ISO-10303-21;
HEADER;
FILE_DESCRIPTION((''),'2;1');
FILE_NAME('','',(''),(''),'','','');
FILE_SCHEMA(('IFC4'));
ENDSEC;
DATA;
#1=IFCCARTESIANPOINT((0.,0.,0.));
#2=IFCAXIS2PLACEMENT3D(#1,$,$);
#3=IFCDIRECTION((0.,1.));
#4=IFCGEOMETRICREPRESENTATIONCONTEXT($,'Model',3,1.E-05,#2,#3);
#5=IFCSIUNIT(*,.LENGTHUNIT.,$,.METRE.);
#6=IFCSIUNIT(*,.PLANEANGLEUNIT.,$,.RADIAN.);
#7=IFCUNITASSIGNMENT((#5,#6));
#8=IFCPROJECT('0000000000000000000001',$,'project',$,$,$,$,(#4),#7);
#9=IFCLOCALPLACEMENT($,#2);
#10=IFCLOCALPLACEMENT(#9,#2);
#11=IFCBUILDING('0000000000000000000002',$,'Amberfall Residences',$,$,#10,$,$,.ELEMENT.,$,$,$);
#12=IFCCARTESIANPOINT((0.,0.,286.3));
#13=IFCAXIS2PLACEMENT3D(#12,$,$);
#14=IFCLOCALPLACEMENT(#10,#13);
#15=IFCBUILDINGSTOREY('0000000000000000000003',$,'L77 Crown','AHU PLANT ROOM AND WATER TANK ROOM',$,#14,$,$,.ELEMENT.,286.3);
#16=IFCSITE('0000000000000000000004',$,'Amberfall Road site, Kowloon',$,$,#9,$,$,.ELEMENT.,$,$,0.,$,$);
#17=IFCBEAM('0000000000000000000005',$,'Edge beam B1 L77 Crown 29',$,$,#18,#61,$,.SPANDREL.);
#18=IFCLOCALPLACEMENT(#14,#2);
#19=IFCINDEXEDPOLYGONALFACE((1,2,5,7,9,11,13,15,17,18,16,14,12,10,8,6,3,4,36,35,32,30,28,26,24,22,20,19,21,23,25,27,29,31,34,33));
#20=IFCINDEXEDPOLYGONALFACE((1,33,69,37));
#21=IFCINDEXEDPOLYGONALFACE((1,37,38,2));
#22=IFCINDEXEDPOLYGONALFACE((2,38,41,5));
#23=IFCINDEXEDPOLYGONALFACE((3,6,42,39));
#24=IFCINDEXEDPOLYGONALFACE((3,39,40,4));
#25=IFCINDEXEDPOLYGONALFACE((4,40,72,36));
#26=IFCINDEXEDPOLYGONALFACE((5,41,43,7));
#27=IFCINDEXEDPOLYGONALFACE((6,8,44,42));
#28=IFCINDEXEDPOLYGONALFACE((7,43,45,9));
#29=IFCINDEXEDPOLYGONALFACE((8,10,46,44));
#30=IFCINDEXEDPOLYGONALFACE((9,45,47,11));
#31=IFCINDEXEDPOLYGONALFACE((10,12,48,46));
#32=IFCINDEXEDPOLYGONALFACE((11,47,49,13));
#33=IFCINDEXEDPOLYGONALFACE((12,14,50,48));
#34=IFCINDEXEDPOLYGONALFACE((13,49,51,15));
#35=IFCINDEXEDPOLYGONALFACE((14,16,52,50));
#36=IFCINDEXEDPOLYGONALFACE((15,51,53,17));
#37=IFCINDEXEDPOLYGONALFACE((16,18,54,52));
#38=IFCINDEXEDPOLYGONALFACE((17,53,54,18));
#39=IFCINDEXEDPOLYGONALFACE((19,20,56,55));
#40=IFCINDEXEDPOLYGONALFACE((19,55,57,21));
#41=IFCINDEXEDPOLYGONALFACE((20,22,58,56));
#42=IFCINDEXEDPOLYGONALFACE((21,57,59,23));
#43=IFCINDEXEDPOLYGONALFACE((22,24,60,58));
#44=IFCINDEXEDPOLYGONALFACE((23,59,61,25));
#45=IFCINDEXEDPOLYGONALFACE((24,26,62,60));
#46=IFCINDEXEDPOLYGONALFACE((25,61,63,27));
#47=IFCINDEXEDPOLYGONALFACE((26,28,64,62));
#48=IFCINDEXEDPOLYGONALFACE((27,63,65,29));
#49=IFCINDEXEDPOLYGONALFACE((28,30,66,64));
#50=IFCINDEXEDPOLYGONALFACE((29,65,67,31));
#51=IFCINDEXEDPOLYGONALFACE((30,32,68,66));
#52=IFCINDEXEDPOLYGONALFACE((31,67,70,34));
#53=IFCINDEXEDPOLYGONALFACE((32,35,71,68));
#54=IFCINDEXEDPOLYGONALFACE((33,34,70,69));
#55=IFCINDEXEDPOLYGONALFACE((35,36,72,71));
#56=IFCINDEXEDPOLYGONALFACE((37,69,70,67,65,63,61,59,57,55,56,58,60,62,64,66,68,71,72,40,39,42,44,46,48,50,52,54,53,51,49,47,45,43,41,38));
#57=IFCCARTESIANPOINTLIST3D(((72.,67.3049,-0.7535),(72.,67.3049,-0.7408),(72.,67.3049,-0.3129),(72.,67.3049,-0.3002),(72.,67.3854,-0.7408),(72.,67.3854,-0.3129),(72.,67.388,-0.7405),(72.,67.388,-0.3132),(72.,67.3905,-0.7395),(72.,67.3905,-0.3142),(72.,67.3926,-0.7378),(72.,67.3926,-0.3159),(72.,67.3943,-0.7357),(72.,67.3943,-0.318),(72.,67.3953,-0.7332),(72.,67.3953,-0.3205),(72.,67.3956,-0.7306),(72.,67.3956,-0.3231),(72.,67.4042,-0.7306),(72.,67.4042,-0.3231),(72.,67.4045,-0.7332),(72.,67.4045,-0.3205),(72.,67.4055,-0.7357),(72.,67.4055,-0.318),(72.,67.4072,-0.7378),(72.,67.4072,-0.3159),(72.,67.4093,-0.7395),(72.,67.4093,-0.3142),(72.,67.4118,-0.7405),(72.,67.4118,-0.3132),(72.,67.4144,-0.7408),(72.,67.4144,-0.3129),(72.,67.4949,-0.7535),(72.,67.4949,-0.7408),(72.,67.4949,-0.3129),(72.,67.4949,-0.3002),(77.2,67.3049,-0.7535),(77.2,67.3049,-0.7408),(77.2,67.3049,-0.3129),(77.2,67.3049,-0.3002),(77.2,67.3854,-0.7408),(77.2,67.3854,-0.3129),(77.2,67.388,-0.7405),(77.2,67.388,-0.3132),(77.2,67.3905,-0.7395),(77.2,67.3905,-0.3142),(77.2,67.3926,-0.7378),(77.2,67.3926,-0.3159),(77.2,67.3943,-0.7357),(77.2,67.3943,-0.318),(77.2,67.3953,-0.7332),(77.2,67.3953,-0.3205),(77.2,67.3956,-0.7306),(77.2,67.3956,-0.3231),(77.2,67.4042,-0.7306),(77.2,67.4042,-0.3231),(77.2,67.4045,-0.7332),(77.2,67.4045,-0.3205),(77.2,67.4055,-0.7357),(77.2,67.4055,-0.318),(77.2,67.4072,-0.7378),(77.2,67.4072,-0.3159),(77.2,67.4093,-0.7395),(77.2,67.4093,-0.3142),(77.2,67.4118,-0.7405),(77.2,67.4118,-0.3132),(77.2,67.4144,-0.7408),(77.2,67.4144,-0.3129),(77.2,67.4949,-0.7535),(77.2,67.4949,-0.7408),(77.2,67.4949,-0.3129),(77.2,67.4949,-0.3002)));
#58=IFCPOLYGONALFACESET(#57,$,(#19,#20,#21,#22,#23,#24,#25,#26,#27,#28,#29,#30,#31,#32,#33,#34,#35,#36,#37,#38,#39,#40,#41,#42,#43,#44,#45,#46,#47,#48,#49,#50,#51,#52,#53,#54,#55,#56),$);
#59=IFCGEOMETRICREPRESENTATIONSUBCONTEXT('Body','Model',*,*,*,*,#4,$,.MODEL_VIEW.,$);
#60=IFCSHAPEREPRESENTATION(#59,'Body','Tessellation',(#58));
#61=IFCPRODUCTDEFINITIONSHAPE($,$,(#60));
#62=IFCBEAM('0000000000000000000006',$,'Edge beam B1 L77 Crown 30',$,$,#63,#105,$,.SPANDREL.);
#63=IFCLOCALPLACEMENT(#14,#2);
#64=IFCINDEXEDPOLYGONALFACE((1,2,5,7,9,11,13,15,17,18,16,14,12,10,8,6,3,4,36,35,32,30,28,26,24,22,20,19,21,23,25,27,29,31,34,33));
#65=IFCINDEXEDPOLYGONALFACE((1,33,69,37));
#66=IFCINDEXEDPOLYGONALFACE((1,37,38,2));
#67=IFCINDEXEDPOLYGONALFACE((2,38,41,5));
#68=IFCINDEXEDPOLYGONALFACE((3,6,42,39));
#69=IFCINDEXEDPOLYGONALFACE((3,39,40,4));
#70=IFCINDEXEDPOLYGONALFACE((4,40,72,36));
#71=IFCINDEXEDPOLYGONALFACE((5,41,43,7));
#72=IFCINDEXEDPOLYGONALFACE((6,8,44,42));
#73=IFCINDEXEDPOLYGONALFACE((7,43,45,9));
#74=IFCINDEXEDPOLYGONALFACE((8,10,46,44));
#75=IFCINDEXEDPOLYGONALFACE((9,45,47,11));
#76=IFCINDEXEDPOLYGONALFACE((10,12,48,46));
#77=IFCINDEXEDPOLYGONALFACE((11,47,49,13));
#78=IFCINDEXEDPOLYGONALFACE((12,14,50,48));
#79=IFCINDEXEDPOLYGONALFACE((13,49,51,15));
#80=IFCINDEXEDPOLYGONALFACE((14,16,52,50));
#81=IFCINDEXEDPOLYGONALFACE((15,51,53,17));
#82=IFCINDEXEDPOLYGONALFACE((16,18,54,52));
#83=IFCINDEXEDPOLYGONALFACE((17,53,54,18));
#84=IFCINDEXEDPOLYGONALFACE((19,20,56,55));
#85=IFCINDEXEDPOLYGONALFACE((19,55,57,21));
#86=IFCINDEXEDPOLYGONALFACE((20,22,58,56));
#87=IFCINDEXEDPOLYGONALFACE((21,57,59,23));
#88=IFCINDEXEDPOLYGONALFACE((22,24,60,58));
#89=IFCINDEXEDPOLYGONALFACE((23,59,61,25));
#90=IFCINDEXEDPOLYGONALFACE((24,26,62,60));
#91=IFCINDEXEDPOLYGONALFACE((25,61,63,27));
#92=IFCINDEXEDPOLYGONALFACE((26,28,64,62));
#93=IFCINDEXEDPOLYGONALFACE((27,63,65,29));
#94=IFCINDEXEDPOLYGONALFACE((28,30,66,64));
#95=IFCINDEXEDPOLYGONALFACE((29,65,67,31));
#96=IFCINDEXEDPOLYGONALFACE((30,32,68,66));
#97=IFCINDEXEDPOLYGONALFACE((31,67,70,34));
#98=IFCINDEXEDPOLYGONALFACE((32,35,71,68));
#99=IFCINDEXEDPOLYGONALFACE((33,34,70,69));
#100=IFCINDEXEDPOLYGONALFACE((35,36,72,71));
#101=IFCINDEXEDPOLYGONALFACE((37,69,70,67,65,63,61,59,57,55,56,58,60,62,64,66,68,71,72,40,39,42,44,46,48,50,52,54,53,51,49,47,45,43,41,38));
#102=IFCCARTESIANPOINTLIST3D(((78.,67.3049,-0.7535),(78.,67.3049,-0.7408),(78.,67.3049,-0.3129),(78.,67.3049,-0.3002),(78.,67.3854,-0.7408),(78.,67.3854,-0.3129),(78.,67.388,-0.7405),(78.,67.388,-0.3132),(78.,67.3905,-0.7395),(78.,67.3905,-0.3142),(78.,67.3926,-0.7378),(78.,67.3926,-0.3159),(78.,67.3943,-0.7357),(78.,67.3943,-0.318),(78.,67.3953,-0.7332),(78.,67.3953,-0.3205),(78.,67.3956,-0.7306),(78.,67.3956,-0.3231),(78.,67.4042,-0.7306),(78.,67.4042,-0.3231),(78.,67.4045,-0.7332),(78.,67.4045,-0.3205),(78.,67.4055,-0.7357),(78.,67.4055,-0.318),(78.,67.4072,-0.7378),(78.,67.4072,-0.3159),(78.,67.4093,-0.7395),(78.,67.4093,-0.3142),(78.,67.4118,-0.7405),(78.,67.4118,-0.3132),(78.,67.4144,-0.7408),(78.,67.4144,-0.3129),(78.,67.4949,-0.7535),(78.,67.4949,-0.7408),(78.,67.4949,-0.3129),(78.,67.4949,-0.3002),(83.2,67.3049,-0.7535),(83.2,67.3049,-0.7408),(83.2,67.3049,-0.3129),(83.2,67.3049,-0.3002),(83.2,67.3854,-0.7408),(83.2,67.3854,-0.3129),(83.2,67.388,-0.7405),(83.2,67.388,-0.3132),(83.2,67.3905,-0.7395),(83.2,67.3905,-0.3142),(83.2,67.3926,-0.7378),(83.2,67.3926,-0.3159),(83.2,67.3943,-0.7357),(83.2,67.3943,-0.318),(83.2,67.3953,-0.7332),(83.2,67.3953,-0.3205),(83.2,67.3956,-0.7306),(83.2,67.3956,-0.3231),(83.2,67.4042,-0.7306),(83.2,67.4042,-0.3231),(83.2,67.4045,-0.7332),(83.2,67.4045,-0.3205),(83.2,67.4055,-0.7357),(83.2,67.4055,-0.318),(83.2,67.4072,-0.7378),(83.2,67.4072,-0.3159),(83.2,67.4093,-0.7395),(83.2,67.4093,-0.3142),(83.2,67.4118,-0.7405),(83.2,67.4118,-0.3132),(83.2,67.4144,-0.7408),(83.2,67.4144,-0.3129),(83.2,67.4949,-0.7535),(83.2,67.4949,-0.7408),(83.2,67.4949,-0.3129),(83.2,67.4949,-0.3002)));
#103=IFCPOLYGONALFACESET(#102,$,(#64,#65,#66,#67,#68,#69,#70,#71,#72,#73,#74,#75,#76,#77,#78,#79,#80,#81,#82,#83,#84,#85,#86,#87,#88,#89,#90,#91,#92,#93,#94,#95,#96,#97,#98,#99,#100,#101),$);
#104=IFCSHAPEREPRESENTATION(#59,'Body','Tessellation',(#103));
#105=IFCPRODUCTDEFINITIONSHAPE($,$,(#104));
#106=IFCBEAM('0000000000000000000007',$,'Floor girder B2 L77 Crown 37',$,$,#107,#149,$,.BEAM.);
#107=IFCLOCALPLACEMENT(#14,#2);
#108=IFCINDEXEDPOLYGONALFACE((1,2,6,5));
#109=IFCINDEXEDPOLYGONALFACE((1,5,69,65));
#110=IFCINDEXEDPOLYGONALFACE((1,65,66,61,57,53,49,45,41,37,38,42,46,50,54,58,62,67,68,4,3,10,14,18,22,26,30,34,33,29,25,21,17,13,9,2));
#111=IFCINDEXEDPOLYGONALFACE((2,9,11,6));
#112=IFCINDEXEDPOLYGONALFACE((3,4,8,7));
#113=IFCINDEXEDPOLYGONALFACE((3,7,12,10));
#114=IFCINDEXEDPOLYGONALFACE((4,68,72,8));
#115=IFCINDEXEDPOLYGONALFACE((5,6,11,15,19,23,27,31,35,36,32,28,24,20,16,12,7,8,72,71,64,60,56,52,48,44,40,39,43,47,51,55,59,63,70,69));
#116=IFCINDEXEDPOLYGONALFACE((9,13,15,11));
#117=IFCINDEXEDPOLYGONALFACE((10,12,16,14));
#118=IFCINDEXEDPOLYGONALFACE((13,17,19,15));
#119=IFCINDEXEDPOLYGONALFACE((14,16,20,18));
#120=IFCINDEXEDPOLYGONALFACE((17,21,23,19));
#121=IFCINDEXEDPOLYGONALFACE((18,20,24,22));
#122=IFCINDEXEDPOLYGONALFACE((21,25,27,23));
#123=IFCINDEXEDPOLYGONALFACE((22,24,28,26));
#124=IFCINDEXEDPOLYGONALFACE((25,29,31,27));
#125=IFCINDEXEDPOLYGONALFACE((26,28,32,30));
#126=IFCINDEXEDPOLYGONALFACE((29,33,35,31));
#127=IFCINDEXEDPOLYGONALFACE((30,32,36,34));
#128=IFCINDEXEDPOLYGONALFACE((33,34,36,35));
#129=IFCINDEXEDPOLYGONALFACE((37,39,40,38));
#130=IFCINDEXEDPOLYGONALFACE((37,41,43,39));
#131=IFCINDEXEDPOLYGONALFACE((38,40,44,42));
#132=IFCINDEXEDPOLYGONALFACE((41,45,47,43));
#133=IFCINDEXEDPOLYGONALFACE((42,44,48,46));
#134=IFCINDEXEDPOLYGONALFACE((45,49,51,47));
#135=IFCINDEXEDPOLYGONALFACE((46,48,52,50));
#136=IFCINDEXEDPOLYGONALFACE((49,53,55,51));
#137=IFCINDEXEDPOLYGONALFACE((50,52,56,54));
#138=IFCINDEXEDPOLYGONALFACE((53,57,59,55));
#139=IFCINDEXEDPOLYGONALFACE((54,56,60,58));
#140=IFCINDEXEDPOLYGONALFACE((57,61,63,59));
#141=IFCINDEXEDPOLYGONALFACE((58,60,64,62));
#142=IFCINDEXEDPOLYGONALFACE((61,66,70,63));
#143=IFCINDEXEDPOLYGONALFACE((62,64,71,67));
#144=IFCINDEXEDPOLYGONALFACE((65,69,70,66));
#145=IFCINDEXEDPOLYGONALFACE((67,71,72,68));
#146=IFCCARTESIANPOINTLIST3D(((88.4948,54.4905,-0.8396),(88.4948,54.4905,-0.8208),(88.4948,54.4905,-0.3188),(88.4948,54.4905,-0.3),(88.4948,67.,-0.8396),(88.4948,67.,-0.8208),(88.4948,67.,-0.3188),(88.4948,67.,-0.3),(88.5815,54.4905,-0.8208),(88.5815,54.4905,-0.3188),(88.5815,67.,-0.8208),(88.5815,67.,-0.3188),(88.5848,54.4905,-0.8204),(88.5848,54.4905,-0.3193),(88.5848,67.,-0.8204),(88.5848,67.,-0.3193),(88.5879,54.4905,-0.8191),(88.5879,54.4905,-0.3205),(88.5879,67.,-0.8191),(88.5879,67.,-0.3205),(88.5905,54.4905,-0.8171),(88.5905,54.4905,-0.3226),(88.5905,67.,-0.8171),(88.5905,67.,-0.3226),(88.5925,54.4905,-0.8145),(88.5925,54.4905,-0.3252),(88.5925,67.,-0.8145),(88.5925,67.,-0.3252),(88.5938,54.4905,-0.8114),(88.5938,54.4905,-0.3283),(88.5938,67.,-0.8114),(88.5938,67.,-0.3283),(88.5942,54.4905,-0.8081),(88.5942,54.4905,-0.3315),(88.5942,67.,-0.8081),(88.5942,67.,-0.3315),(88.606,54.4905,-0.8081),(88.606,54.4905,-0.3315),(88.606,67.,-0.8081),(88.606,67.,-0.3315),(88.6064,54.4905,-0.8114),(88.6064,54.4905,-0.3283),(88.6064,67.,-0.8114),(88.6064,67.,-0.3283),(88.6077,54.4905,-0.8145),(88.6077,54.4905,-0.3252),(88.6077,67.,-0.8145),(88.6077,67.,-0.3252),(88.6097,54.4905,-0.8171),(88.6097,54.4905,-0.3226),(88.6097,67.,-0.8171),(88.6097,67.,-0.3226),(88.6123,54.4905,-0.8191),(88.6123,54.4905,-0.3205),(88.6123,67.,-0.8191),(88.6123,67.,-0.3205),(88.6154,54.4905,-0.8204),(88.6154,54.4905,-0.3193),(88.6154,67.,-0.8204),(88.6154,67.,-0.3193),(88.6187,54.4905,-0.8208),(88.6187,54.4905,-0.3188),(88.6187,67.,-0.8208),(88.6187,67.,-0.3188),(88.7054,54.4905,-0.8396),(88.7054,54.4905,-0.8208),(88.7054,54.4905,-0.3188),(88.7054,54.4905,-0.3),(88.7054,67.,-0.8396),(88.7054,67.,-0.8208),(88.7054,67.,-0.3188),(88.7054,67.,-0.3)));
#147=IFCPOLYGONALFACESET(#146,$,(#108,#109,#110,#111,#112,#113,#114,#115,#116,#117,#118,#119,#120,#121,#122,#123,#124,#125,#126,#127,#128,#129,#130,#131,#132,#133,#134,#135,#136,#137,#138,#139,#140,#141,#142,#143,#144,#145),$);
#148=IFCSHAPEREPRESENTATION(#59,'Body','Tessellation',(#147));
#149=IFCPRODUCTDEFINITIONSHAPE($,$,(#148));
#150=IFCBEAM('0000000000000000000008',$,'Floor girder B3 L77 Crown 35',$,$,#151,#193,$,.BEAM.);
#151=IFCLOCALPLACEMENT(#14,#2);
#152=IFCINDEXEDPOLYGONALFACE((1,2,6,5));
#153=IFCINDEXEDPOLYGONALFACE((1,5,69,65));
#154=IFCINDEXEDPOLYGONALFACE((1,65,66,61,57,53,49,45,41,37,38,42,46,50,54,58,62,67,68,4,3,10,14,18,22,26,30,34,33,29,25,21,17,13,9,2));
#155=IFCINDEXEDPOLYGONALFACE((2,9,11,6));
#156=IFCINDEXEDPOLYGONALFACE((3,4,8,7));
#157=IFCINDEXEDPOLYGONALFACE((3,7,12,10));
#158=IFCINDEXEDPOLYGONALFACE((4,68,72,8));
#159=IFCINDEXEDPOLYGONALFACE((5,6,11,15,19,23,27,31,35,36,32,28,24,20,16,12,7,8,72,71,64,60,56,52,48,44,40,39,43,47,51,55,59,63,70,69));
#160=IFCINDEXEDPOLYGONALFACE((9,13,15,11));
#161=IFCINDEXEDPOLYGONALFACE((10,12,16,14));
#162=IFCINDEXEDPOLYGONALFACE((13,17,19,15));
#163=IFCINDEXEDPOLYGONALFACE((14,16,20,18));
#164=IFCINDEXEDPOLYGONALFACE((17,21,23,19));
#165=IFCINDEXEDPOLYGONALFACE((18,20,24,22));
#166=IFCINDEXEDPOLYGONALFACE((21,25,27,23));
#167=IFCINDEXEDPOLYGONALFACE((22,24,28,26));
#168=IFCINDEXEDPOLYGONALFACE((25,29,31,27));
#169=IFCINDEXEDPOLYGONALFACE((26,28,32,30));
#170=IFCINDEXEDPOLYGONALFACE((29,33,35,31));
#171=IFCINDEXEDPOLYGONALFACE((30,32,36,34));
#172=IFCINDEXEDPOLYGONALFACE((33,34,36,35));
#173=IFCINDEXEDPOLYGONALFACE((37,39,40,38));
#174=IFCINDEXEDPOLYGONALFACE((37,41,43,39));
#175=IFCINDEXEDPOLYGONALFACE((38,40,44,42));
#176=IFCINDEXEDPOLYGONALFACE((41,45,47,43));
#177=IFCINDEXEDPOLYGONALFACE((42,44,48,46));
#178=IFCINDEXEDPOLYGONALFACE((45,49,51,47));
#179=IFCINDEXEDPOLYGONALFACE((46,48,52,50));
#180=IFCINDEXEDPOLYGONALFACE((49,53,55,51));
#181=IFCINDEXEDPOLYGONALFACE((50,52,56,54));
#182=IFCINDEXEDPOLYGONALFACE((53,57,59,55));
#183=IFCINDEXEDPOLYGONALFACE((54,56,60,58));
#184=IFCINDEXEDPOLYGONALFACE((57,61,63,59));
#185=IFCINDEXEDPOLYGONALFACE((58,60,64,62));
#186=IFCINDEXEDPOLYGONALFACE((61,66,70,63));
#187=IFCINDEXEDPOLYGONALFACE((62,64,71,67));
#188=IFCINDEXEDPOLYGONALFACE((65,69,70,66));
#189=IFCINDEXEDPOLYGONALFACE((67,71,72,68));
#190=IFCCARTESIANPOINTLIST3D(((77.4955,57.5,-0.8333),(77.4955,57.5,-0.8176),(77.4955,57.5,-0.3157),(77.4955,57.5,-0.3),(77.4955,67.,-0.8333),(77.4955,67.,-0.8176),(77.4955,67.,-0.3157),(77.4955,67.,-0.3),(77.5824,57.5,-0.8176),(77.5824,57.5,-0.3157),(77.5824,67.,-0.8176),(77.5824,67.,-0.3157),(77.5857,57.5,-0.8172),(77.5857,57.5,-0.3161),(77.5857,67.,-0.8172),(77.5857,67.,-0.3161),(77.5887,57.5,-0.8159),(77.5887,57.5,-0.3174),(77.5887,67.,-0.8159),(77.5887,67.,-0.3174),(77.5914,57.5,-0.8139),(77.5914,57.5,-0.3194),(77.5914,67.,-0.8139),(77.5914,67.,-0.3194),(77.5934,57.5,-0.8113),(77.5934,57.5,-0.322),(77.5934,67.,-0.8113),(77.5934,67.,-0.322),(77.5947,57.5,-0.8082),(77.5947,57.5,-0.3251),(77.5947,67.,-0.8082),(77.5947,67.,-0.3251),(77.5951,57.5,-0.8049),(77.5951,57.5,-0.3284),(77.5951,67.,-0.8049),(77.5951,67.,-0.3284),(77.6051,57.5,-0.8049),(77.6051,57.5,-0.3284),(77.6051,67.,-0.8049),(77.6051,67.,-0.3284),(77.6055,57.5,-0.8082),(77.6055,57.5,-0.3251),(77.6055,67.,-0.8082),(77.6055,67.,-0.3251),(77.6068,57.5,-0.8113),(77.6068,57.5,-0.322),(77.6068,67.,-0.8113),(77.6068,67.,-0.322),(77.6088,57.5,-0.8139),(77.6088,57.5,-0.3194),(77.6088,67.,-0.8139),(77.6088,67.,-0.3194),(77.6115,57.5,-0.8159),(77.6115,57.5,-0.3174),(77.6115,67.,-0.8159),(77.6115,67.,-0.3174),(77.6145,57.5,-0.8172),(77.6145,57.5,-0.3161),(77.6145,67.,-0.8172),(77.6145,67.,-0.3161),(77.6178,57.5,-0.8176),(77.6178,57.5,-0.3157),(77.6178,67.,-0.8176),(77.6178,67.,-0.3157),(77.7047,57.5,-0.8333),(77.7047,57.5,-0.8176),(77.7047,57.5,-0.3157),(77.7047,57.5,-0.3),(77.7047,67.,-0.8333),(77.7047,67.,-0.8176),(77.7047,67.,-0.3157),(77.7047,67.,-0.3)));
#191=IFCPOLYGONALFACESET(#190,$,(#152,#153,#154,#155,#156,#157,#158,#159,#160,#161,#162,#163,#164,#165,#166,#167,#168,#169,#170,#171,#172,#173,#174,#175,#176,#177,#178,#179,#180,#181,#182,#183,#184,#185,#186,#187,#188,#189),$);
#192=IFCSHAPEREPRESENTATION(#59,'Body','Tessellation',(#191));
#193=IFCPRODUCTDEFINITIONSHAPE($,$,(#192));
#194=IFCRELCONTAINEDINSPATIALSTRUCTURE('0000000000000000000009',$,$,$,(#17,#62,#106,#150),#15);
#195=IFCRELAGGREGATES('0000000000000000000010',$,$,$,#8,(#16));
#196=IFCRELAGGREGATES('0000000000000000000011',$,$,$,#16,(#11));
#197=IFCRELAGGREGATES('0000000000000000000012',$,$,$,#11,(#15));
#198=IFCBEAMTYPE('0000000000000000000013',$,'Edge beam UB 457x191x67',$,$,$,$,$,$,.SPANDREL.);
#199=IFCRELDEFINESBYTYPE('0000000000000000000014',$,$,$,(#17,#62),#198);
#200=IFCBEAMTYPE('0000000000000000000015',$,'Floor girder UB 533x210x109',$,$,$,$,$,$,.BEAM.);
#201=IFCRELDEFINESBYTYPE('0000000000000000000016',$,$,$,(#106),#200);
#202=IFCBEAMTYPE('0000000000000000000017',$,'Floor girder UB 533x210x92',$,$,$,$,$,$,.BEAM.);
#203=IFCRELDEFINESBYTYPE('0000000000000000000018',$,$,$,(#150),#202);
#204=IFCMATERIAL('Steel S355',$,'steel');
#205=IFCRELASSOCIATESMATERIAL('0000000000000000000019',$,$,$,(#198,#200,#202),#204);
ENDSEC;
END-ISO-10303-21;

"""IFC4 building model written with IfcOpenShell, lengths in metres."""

from ifc_helpers import new_model, si_unit, direction, frame, origin, origin_2d, place, context, subcontext, project, spatial, i_section, extrude, material, material_profile, profile_set, type_object, element, save


model = new_model("IFC4")

# Units and contexts
model_context = context("Model", 3, precision=1e-05, world=origin(), true_north=direction((0.0, 1.0)))
body_context = subcontext(model_context, "Body", "Model", "MODEL_VIEW")
ifc_project = project(units=[si_unit("LENGTHUNIT", "METRE"), si_unit("PLANEANGLEUNIT", "RADIAN")], contexts=[model_context])

# Site, building, storey
site_placement = place(None, origin())
site = spatial("IfcSite", under=ifc_project, at=site_placement, Name="Amberfall Road site, Kowloon", CompositionType="ELEMENT", RefElevation=0.0)
building_placement = place(site_placement, origin())
building = spatial("IfcBuilding", under=site, at=building_placement, Name="Amberfall Residences", CompositionType="ELEMENT")
storey_placement = place(building_placement, frame((0.0, 0.0, 286.3)))
storey = spatial("IfcBuildingStorey", under=building, at=storey_placement, Name="L77 Crown", Description="AHU PLANT ROOM AND WATER TANK ROOM", CompositionType="ELEMENT", Elevation=286.3)

# Beams
ifc_material_1 = material(Name="Steel S355", Category="steel")
ifc_material_profile_1 = material_profile(ifc_material_1, i_section(OverallWidth=0.1899, OverallDepth=0.4534, WebThickness=0.0085, FlangeThickness=0.0127, FilletRadius=0.0103, at=origin_2d()), Name="UB 457x191x67")
ifc_profile_set_1 = profile_set([ifc_material_profile_1], Name="Steel S355")
beam_type_1 = type_object("IfcBeamType", Name="Edge beam UB 457x191x67", PredefinedType="SPANDREL", material=ifc_profile_set_1)
for number, where, z_axis, x_axis, name in (
    (1, (72.0, 67.3999, -0.5269), (1.0, 0.0, 0.0), (0.0, 1.0, 0.0), "Edge beam B1 L77 Crown 29"),
    (2, (78.0, 67.3999, -0.5269), (1.0, 0.0, 0.0), (0.0, 1.0, 0.0), "Edge beam B1 L77 Crown 30"),
):
    element("IfcBeam", number, at=place(storey_placement, frame(where, z_axis=z_axis, x_axis=x_axis)), inside=storey, type_object=beam_type_1, Name=name, PredefinedType="SPANDREL", context=body_context, shape_type="SweptSolid", body=[
        extrude(i_section(OverallWidth=0.1899, OverallDepth=0.4534, WebThickness=0.0085, FlangeThickness=0.0127, FilletRadius=0.0103, at=origin_2d()), origin(), (0.0, 0.0, 1.0), 5.2),
    ])
ifc_material_profile_2 = material_profile(ifc_material_1, i_section(OverallWidth=0.2107, OverallDepth=0.5396, WebThickness=0.0117, FlangeThickness=0.0188, FilletRadius=0.0127, at=origin_2d()), Name="UB 533x210x109")
ifc_profile_set_2 = profile_set([ifc_material_profile_2], Name="Steel S355")
beam_type_2 = type_object("IfcBeamType", Name="Floor girder UB 533x210x109", PredefinedType="BEAM", material=ifc_profile_set_2)
beam_1_placement = place(storey_placement, frame((88.6001, 67.0, -0.5698), z_axis=(0.0, -1.0, 0.0), x_axis=(1.0, 0.0, 0.0)))
element("IfcBeam", 3, at=beam_1_placement, inside=storey, type_object=beam_type_2, Name="Floor girder B2 L77 Crown 37", PredefinedType="BEAM", context=body_context, shape_type="SweptSolid", body=[
    extrude(i_section(OverallWidth=0.2107, OverallDepth=0.5396, WebThickness=0.0117, FlangeThickness=0.0188, FilletRadius=0.0127, at=origin_2d()), origin(), (0.0, 0.0, 1.0), 12.5095),
])
ifc_material_profile_3 = material_profile(ifc_material_1, i_section(OverallWidth=0.2092, OverallDepth=0.5332, WebThickness=0.01, FlangeThickness=0.0156, FilletRadius=0.0127, at=origin_2d()), Name="UB 533x210x92")
ifc_profile_set_3 = profile_set([ifc_material_profile_3], Name="Steel S355")
beam_type_3 = type_object("IfcBeamType", Name="Floor girder UB 533x210x92", PredefinedType="BEAM", material=ifc_profile_set_3)
for number, where, z_axis, x_axis, name in (
    (4, (77.6001, 67.0, -0.5667), (0.0, -1.0, 0.0), (1.0, 0.0, 0.0), "Floor girder B3 L77 Crown 35"),
):
    element("IfcBeam", number, at=place(storey_placement, frame(where, z_axis=z_axis, x_axis=x_axis)), inside=storey, type_object=beam_type_3, Name=name, PredefinedType="BEAM", context=body_context, shape_type="SweptSolid", body=[
        extrude(i_section(OverallWidth=0.2092, OverallDepth=0.5332, WebThickness=0.01, FlangeThickness=0.0156, FilletRadius=0.0127, at=origin_2d()), origin(), (0.0, 0.0, 1.0), 9.5),
    ])

save(model, "model.ifc")
